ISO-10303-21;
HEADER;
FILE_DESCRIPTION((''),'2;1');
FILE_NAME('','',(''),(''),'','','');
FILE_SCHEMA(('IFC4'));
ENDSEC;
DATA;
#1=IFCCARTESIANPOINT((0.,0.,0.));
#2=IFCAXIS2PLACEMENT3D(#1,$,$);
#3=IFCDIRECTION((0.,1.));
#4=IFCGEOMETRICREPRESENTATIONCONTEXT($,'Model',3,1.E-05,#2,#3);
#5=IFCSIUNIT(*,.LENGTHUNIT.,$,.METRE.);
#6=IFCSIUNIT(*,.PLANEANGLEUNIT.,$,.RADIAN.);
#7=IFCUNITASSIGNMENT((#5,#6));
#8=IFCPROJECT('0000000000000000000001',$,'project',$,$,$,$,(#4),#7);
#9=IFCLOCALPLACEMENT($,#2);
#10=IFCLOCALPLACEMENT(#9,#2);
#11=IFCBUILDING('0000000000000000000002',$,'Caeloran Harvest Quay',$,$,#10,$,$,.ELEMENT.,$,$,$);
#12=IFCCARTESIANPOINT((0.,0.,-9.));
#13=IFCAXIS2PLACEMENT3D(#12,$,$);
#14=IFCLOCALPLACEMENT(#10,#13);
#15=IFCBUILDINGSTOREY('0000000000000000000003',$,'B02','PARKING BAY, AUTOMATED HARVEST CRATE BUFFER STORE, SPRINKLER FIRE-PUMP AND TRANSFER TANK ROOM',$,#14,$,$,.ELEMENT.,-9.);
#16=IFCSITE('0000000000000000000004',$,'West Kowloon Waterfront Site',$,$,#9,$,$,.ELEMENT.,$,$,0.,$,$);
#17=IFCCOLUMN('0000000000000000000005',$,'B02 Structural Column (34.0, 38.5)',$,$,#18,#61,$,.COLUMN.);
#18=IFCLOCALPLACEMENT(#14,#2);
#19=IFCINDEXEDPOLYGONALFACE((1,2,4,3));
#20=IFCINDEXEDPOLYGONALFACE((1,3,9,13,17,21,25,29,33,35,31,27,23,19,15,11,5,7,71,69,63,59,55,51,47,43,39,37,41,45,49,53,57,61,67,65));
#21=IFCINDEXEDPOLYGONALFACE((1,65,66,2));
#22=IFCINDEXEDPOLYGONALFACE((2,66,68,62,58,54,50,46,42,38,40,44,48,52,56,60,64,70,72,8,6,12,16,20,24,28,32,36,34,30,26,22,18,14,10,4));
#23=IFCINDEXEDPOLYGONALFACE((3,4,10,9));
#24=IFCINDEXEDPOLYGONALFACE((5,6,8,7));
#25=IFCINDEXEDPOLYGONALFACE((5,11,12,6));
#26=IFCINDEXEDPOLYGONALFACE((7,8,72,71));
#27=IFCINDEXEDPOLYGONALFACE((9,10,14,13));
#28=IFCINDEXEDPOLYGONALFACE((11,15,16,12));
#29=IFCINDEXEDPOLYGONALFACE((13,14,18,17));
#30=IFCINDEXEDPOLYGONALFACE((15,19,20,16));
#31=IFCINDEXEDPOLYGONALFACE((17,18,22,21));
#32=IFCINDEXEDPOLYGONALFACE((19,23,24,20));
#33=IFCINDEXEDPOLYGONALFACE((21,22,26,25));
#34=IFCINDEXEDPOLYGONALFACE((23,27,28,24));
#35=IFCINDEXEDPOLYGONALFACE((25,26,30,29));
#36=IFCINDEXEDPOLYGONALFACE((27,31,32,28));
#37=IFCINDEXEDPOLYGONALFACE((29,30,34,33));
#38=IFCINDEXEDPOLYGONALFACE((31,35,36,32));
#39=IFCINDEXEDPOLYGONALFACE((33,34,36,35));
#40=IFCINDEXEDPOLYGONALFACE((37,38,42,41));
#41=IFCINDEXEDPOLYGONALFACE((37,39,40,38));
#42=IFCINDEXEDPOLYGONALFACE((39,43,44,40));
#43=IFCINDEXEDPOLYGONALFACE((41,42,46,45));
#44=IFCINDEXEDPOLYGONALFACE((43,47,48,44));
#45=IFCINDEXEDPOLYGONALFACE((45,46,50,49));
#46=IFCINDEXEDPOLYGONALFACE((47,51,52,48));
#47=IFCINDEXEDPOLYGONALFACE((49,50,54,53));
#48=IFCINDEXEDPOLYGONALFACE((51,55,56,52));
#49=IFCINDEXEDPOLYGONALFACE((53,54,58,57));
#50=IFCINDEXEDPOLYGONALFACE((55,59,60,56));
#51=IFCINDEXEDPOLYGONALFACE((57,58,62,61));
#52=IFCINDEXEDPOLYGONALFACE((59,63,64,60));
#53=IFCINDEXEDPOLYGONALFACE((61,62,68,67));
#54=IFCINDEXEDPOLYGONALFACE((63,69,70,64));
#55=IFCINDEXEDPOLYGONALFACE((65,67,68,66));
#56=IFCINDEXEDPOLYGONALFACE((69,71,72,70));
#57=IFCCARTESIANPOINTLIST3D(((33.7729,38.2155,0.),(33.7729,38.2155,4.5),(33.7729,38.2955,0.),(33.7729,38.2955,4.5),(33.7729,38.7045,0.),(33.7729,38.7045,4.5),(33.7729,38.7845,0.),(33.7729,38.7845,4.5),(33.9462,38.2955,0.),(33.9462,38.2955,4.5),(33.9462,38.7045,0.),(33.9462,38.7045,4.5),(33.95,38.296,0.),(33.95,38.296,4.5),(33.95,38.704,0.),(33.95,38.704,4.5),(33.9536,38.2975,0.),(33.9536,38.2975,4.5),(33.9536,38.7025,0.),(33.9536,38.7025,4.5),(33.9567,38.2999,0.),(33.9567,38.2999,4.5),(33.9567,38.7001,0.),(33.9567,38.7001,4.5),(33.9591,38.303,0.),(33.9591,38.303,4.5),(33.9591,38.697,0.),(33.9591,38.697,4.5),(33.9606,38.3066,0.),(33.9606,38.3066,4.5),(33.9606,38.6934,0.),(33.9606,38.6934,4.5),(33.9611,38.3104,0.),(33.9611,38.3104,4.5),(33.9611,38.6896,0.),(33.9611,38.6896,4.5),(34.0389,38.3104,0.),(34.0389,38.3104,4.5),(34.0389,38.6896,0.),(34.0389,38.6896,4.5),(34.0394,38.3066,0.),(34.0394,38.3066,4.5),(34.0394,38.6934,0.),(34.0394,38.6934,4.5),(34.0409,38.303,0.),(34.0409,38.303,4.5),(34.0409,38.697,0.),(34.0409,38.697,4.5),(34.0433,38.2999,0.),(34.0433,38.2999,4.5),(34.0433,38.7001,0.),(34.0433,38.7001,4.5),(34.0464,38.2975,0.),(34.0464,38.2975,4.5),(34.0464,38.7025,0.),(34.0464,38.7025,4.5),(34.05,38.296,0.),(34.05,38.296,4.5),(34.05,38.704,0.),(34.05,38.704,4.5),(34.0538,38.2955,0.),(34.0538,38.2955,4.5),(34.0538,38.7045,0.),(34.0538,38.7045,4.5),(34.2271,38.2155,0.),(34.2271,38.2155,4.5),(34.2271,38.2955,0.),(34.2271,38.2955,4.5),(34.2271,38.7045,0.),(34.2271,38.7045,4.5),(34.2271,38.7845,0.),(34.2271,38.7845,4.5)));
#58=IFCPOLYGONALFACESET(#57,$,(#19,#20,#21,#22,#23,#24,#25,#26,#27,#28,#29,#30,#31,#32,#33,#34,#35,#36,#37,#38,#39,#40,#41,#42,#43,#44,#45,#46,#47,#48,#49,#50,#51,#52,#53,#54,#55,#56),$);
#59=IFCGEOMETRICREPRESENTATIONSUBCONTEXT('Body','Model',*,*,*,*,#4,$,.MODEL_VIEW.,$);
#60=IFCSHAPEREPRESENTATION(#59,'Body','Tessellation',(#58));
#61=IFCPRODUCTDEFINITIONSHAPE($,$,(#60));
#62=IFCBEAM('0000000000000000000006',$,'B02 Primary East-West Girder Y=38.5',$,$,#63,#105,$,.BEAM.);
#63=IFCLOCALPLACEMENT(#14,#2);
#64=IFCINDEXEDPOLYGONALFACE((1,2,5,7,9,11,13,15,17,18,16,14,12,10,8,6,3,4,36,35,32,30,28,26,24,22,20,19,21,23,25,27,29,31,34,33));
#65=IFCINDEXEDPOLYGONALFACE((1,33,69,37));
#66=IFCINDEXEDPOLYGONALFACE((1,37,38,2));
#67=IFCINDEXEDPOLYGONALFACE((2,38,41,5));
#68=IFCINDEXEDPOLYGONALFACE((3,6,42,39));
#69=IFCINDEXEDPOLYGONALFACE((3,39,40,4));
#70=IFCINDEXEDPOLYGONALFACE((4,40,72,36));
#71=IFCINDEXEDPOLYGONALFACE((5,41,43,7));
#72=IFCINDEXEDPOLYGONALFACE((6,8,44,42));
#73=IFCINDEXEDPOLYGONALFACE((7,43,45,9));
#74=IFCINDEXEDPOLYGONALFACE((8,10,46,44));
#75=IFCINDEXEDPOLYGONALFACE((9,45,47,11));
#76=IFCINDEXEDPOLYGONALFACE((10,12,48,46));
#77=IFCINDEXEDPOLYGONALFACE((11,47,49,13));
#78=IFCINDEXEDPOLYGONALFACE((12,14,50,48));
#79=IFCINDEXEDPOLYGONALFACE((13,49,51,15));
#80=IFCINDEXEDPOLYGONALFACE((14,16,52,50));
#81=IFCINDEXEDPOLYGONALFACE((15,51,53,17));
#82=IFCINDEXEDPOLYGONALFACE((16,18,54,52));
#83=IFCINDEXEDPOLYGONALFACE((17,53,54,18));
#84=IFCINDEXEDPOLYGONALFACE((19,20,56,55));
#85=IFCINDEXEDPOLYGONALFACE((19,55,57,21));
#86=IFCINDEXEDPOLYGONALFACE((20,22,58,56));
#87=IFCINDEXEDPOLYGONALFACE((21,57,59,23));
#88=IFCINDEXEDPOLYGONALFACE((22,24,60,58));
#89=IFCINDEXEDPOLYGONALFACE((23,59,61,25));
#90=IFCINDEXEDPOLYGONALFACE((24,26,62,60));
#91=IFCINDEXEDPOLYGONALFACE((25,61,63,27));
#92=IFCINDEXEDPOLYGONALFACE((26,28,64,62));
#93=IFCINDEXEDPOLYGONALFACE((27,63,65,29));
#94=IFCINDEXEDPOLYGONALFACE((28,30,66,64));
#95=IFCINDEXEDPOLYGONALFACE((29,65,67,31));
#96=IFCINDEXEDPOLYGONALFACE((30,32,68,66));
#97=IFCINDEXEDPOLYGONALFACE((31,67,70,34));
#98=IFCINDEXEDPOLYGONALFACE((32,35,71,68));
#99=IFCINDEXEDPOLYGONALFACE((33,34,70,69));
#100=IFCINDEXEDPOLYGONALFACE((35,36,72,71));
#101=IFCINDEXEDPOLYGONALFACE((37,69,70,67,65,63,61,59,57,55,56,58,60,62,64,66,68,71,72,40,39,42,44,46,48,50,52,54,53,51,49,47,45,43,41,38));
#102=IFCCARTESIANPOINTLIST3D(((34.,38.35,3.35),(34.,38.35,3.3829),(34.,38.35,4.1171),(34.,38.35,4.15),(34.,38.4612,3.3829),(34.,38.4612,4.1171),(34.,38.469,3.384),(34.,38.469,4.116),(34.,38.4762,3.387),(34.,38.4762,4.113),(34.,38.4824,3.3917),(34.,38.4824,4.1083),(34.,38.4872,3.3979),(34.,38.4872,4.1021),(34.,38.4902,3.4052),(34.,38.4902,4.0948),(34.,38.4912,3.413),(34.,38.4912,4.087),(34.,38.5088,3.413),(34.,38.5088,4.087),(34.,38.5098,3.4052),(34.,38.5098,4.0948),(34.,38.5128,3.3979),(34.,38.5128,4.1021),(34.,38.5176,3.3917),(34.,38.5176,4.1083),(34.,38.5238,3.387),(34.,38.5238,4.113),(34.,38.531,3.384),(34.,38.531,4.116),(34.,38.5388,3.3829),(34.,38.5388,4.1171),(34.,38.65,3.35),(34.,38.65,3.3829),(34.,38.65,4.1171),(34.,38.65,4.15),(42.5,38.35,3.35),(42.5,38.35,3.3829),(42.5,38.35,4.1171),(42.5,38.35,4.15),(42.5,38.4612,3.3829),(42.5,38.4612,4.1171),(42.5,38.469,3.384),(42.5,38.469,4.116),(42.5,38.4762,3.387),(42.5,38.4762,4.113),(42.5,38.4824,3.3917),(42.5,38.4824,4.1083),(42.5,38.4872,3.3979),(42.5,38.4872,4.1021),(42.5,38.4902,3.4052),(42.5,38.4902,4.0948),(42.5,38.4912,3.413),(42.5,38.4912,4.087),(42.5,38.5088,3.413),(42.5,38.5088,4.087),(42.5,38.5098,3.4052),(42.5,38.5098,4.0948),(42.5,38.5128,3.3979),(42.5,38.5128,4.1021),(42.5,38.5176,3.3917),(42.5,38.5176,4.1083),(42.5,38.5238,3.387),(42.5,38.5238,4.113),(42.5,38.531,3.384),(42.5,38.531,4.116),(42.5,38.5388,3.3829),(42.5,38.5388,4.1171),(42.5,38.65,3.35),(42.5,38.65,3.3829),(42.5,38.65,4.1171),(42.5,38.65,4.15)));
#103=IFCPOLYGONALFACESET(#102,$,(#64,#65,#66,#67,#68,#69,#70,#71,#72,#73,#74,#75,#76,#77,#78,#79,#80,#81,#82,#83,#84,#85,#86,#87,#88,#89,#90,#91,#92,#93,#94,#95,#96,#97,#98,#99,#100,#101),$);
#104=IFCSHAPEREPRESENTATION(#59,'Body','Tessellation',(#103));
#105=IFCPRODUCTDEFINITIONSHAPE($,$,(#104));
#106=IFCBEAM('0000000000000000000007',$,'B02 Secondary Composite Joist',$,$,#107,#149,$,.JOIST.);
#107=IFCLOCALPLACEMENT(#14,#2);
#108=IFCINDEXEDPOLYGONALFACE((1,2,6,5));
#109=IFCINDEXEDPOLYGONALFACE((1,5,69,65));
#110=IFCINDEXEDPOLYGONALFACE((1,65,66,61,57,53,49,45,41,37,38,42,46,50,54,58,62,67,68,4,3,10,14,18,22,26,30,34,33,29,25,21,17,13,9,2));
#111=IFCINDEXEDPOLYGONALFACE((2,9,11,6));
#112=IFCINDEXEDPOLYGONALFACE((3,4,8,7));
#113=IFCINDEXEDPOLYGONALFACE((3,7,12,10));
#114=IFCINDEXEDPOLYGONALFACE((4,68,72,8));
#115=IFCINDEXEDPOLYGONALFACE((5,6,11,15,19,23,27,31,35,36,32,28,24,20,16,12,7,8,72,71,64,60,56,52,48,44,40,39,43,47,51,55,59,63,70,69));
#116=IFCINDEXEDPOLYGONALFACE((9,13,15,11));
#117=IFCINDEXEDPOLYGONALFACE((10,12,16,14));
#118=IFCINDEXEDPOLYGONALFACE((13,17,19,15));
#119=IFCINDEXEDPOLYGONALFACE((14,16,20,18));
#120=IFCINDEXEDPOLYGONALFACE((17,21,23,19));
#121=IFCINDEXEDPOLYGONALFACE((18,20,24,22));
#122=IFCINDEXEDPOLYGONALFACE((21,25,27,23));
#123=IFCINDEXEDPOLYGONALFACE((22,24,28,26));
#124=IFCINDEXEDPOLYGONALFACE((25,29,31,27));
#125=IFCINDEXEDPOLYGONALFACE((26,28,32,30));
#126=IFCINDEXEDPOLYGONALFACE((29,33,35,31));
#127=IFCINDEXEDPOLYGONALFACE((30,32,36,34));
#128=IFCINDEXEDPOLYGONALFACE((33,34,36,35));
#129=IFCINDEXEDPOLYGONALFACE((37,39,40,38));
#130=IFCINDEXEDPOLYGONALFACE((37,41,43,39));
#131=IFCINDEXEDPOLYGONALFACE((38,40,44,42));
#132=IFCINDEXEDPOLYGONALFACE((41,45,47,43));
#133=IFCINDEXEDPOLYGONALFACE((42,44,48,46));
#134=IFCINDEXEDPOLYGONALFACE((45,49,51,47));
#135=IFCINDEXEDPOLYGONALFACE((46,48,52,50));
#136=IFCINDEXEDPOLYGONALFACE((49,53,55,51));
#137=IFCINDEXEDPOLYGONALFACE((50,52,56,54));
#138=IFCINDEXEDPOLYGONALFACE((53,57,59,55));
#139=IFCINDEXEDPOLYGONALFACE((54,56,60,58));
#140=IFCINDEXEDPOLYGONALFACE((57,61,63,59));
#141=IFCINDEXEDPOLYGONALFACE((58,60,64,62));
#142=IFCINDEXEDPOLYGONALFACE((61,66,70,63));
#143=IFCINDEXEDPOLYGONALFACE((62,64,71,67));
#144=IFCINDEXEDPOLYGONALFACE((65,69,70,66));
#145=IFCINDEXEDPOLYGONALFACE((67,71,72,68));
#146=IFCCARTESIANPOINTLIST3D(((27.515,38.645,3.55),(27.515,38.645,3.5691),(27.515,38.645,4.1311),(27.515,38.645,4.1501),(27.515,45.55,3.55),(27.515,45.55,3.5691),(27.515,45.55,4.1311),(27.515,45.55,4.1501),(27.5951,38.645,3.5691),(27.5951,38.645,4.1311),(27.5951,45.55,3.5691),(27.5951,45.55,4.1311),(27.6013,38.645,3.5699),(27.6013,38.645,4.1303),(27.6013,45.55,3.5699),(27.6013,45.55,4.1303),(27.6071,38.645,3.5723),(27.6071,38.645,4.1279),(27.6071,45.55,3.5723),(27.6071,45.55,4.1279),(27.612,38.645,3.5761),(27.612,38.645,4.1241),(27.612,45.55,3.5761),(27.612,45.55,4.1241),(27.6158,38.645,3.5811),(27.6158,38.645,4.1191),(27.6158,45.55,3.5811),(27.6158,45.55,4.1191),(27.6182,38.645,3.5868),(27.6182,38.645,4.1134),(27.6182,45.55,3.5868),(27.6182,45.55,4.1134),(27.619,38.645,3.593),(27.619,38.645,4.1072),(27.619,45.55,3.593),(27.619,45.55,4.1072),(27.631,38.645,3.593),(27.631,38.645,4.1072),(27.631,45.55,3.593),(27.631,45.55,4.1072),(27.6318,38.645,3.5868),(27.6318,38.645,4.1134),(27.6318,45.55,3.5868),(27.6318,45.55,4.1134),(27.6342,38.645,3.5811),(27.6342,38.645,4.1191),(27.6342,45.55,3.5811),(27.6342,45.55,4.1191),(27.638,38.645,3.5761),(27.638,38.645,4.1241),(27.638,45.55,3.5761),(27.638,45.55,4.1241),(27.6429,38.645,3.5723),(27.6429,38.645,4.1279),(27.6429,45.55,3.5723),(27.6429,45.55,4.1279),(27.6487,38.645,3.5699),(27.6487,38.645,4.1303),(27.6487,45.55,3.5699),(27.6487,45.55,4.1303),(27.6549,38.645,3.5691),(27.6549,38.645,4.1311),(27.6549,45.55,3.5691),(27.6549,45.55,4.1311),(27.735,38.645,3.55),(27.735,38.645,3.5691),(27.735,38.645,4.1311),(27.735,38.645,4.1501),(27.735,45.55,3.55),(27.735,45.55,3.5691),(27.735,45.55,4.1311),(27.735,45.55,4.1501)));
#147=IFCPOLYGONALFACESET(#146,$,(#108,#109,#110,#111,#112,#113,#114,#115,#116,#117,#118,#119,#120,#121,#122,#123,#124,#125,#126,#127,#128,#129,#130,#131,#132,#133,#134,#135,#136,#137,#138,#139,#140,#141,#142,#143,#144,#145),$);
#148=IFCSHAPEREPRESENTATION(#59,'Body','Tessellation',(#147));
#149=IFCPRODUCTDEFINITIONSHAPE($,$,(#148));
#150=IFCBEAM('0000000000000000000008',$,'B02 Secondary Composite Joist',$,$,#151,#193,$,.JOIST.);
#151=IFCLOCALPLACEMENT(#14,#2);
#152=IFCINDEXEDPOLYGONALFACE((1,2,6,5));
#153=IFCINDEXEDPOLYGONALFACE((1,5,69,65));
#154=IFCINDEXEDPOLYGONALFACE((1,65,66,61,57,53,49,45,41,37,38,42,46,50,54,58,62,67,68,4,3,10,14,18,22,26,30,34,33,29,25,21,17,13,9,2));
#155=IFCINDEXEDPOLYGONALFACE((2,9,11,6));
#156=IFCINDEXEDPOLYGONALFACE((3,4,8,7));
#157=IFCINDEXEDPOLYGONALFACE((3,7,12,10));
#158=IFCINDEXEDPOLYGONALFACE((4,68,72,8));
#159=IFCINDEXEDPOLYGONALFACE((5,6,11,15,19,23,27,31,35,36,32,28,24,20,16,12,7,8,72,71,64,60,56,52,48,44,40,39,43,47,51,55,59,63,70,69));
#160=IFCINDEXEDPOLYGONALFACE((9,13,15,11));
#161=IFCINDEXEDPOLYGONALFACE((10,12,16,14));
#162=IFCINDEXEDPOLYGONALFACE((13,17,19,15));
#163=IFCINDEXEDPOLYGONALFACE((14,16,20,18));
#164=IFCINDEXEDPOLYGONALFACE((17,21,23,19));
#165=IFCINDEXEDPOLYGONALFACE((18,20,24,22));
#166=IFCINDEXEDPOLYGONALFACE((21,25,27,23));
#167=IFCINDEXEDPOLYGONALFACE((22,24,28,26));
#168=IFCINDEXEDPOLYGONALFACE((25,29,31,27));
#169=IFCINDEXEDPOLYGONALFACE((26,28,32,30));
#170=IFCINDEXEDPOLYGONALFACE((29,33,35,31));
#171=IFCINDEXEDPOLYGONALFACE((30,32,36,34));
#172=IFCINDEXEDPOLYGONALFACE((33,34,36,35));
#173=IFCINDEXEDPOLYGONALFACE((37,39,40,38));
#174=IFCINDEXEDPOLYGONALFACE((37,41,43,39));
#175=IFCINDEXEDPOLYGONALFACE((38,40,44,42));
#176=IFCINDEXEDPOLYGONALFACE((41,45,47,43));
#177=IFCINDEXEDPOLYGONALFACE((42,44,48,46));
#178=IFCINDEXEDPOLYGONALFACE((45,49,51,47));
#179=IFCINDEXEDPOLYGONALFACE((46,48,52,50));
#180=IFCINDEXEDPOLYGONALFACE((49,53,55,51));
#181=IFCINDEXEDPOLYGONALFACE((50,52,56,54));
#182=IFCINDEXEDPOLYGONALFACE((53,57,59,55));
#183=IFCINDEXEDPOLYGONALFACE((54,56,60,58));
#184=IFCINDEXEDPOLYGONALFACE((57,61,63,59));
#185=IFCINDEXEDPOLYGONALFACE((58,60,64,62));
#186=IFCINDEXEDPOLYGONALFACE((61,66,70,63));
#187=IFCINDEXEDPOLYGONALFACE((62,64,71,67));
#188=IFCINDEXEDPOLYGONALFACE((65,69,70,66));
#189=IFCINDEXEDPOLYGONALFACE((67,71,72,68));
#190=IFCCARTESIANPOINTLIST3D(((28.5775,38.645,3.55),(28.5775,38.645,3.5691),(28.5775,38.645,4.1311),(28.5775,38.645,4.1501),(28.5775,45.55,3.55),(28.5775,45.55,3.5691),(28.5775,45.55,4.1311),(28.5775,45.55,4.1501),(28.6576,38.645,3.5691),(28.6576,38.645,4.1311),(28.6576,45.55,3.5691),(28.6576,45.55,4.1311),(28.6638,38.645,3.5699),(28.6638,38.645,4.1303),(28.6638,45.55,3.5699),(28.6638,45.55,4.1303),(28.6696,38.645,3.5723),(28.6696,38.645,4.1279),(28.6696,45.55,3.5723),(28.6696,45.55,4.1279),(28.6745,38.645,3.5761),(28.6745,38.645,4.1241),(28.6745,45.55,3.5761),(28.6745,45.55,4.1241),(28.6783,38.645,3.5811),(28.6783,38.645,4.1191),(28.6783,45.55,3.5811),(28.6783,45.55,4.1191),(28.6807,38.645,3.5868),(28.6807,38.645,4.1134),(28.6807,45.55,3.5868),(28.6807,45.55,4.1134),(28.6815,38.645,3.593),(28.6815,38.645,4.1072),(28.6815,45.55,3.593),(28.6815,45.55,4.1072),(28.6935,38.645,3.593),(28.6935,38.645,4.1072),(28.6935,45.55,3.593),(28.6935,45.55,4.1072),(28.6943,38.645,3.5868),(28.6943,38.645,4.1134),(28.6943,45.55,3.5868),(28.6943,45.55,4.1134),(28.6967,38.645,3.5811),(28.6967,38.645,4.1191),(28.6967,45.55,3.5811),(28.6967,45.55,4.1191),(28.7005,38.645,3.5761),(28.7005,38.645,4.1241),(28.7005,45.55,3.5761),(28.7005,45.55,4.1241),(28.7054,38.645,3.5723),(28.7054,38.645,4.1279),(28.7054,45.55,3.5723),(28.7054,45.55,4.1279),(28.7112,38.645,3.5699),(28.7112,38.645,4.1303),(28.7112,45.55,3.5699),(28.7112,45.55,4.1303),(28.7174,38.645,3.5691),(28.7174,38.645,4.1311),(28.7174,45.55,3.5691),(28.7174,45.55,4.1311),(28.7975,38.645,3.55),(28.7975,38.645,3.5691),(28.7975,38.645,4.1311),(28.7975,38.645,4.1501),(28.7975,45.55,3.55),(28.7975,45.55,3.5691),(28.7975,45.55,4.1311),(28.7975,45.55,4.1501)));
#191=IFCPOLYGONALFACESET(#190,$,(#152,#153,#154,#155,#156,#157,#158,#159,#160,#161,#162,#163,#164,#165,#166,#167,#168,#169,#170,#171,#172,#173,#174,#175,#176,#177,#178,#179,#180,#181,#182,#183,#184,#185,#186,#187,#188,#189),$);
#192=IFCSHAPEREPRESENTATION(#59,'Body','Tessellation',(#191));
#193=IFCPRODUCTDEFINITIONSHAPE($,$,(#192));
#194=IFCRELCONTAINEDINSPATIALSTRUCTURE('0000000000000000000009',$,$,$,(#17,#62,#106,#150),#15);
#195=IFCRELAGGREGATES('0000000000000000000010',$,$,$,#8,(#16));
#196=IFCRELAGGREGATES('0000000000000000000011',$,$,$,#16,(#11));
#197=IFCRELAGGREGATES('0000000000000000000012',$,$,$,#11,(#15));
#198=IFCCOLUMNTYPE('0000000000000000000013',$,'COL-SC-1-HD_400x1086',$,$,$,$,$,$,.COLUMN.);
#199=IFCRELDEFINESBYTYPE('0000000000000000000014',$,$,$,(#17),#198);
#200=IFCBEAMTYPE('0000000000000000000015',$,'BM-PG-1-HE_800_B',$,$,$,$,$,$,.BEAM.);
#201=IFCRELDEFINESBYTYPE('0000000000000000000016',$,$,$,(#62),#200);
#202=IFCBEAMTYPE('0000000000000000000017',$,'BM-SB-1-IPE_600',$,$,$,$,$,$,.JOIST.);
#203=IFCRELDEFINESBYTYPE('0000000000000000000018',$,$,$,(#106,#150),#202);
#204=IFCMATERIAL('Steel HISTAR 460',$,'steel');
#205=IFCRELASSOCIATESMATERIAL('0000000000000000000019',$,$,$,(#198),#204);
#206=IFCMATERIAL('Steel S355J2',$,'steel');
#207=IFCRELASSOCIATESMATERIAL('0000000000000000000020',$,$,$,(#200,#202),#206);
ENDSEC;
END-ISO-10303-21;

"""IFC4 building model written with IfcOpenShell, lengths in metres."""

from ifc_helpers import new_model, si_unit, direction, frame, origin, origin_2d, place, context, subcontext, project, spatial, i_section, extrude, material, material_profile, profile_set, type_object, element, save


model = new_model("IFC4")

# Units and contexts
model_context = context("Model", 3, precision=1e-05, world=origin(), true_north=direction((0.0, 1.0)))
body_context = subcontext(model_context, "Body", "Model", "MODEL_VIEW")
ifc_project = project(units=[si_unit("LENGTHUNIT", "METRE"), si_unit("PLANEANGLEUNIT", "RADIAN")], contexts=[model_context])

# Site, building, storey
site_placement = place(None, origin())
site = spatial("IfcSite", under=ifc_project, at=site_placement, Name="West Kowloon Waterfront Site", CompositionType="ELEMENT", RefElevation=0.0)
building_placement = place(site_placement, origin())
building = spatial("IfcBuilding", under=site, at=building_placement, Name="Caeloran Harvest Quay", CompositionType="ELEMENT")
storey_placement = place(building_placement, frame((0.0, 0.0, -9.0)))
storey = spatial("IfcBuildingStorey", under=building, at=storey_placement, Name="B02", Description="PARKING BAY, AUTOMATED HARVEST CRATE BUFFER STORE, SPRINKLER FIRE-PUMP AND TRANSFER TANK ROOM", CompositionType="ELEMENT", Elevation=-9.0)

# Column
ifc_material_1 = material(Name="Steel HISTAR 460", Category="steel")
ifc_material_profile_1 = material_profile(ifc_material_1, i_section(OverallWidth=0.4541, OverallDepth=0.5691, WebThickness=0.0779, FlangeThickness=0.0801, FilletRadius=0.0149, at=origin_2d()), Name="HD 400x1086")
ifc_profile_set_1 = profile_set([ifc_material_profile_1], Name="Steel HISTAR 460")
column_type = type_object("IfcColumnType", Name="COL-SC-1-HD_400x1086", PredefinedType="COLUMN", material=ifc_profile_set_1)
column_placement = place(storey_placement, frame((34.0, 38.5, 0.0), z_axis=(0.0, 0.0, 1.0), x_axis=(1.0, 0.0, 0.0)))
element("IfcColumn", 1, at=column_placement, inside=storey, type_object=column_type, Name="B02 Structural Column (34.0, 38.5)", PredefinedType="COLUMN", context=body_context, shape_type="SweptSolid", body=[
    extrude(i_section(OverallWidth=0.4541, OverallDepth=0.5691, WebThickness=0.0779, FlangeThickness=0.0801, FilletRadius=0.0149, at=origin_2d()), origin(), (0.0, 0.0, 1.0), 4.5),
])

# Beams
ifc_material_2 = material(Name="Steel S355J2", Category="steel")
ifc_material_profile_2 = material_profile(ifc_material_2, i_section(OverallWidth=0.3, OverallDepth=0.8, WebThickness=0.0176, FlangeThickness=0.033, FilletRadius=0.03, at=origin_2d()), Name="HE 800 B")
ifc_profile_set_2 = profile_set([ifc_material_profile_2], Name="Steel S355J2")
beam_type_1 = type_object("IfcBeamType", Name="BM-PG-1-HE_800_B", PredefinedType="BEAM", material=ifc_profile_set_2)
beam_placement = place(storey_placement, frame((34.0, 38.5, 3.75), z_axis=(1.0, 0.0, 0.0), x_axis=(0.0, 1.0, 0.0)))
element("IfcBeam", 2, at=beam_placement, inside=storey, type_object=beam_type_1, Name="B02 Primary East-West Girder Y=38.5", PredefinedType="BEAM", context=body_context, shape_type="SweptSolid", body=[
    extrude(i_section(OverallWidth=0.3, OverallDepth=0.8, WebThickness=0.0176, FlangeThickness=0.033, FilletRadius=0.03, at=origin_2d()), origin(), (0.0, 0.0, 1.0), 8.5),
])
ifc_material_profile_3 = material_profile(ifc_material_2, i_section(OverallWidth=0.22, OverallDepth=0.6001, WebThickness=0.012, FlangeThickness=0.019, FilletRadius=0.0239, at=origin_2d()), Name="IPE 600")
ifc_profile_set_3 = profile_set([ifc_material_profile_3], Name="Steel S355J2")
beam_type_2 = type_object("IfcBeamType", Name="BM-SB-1-IPE_600", PredefinedType="JOIST", material=ifc_profile_set_3)
for number, where, z_axis, x_axis, name in (
    (3, (27.625, 38.645, 3.8501), (0.0, 1.0, 0.0), (-1.0, 0.0, 0.0), "B02 Secondary Composite Joist"),
    (4, (28.6875, 38.645, 3.8501), (0.0, 1.0, 0.0), (-1.0, 0.0, 0.0), "B02 Secondary Composite Joist"),
):
    element("IfcBeam", number, at=place(storey_placement, frame(where, z_axis=z_axis, x_axis=x_axis)), inside=storey, type_object=beam_type_2, Name=name, PredefinedType="JOIST", context=body_context, shape_type="SweptSolid", body=[
        extrude(i_section(OverallWidth=0.22, OverallDepth=0.6001, WebThickness=0.012, FlangeThickness=0.019, FilletRadius=0.0239, at=origin_2d()), origin(), (0.0, 0.0, 1.0), 6.905),
    ])

save(model, "model.ifc")
